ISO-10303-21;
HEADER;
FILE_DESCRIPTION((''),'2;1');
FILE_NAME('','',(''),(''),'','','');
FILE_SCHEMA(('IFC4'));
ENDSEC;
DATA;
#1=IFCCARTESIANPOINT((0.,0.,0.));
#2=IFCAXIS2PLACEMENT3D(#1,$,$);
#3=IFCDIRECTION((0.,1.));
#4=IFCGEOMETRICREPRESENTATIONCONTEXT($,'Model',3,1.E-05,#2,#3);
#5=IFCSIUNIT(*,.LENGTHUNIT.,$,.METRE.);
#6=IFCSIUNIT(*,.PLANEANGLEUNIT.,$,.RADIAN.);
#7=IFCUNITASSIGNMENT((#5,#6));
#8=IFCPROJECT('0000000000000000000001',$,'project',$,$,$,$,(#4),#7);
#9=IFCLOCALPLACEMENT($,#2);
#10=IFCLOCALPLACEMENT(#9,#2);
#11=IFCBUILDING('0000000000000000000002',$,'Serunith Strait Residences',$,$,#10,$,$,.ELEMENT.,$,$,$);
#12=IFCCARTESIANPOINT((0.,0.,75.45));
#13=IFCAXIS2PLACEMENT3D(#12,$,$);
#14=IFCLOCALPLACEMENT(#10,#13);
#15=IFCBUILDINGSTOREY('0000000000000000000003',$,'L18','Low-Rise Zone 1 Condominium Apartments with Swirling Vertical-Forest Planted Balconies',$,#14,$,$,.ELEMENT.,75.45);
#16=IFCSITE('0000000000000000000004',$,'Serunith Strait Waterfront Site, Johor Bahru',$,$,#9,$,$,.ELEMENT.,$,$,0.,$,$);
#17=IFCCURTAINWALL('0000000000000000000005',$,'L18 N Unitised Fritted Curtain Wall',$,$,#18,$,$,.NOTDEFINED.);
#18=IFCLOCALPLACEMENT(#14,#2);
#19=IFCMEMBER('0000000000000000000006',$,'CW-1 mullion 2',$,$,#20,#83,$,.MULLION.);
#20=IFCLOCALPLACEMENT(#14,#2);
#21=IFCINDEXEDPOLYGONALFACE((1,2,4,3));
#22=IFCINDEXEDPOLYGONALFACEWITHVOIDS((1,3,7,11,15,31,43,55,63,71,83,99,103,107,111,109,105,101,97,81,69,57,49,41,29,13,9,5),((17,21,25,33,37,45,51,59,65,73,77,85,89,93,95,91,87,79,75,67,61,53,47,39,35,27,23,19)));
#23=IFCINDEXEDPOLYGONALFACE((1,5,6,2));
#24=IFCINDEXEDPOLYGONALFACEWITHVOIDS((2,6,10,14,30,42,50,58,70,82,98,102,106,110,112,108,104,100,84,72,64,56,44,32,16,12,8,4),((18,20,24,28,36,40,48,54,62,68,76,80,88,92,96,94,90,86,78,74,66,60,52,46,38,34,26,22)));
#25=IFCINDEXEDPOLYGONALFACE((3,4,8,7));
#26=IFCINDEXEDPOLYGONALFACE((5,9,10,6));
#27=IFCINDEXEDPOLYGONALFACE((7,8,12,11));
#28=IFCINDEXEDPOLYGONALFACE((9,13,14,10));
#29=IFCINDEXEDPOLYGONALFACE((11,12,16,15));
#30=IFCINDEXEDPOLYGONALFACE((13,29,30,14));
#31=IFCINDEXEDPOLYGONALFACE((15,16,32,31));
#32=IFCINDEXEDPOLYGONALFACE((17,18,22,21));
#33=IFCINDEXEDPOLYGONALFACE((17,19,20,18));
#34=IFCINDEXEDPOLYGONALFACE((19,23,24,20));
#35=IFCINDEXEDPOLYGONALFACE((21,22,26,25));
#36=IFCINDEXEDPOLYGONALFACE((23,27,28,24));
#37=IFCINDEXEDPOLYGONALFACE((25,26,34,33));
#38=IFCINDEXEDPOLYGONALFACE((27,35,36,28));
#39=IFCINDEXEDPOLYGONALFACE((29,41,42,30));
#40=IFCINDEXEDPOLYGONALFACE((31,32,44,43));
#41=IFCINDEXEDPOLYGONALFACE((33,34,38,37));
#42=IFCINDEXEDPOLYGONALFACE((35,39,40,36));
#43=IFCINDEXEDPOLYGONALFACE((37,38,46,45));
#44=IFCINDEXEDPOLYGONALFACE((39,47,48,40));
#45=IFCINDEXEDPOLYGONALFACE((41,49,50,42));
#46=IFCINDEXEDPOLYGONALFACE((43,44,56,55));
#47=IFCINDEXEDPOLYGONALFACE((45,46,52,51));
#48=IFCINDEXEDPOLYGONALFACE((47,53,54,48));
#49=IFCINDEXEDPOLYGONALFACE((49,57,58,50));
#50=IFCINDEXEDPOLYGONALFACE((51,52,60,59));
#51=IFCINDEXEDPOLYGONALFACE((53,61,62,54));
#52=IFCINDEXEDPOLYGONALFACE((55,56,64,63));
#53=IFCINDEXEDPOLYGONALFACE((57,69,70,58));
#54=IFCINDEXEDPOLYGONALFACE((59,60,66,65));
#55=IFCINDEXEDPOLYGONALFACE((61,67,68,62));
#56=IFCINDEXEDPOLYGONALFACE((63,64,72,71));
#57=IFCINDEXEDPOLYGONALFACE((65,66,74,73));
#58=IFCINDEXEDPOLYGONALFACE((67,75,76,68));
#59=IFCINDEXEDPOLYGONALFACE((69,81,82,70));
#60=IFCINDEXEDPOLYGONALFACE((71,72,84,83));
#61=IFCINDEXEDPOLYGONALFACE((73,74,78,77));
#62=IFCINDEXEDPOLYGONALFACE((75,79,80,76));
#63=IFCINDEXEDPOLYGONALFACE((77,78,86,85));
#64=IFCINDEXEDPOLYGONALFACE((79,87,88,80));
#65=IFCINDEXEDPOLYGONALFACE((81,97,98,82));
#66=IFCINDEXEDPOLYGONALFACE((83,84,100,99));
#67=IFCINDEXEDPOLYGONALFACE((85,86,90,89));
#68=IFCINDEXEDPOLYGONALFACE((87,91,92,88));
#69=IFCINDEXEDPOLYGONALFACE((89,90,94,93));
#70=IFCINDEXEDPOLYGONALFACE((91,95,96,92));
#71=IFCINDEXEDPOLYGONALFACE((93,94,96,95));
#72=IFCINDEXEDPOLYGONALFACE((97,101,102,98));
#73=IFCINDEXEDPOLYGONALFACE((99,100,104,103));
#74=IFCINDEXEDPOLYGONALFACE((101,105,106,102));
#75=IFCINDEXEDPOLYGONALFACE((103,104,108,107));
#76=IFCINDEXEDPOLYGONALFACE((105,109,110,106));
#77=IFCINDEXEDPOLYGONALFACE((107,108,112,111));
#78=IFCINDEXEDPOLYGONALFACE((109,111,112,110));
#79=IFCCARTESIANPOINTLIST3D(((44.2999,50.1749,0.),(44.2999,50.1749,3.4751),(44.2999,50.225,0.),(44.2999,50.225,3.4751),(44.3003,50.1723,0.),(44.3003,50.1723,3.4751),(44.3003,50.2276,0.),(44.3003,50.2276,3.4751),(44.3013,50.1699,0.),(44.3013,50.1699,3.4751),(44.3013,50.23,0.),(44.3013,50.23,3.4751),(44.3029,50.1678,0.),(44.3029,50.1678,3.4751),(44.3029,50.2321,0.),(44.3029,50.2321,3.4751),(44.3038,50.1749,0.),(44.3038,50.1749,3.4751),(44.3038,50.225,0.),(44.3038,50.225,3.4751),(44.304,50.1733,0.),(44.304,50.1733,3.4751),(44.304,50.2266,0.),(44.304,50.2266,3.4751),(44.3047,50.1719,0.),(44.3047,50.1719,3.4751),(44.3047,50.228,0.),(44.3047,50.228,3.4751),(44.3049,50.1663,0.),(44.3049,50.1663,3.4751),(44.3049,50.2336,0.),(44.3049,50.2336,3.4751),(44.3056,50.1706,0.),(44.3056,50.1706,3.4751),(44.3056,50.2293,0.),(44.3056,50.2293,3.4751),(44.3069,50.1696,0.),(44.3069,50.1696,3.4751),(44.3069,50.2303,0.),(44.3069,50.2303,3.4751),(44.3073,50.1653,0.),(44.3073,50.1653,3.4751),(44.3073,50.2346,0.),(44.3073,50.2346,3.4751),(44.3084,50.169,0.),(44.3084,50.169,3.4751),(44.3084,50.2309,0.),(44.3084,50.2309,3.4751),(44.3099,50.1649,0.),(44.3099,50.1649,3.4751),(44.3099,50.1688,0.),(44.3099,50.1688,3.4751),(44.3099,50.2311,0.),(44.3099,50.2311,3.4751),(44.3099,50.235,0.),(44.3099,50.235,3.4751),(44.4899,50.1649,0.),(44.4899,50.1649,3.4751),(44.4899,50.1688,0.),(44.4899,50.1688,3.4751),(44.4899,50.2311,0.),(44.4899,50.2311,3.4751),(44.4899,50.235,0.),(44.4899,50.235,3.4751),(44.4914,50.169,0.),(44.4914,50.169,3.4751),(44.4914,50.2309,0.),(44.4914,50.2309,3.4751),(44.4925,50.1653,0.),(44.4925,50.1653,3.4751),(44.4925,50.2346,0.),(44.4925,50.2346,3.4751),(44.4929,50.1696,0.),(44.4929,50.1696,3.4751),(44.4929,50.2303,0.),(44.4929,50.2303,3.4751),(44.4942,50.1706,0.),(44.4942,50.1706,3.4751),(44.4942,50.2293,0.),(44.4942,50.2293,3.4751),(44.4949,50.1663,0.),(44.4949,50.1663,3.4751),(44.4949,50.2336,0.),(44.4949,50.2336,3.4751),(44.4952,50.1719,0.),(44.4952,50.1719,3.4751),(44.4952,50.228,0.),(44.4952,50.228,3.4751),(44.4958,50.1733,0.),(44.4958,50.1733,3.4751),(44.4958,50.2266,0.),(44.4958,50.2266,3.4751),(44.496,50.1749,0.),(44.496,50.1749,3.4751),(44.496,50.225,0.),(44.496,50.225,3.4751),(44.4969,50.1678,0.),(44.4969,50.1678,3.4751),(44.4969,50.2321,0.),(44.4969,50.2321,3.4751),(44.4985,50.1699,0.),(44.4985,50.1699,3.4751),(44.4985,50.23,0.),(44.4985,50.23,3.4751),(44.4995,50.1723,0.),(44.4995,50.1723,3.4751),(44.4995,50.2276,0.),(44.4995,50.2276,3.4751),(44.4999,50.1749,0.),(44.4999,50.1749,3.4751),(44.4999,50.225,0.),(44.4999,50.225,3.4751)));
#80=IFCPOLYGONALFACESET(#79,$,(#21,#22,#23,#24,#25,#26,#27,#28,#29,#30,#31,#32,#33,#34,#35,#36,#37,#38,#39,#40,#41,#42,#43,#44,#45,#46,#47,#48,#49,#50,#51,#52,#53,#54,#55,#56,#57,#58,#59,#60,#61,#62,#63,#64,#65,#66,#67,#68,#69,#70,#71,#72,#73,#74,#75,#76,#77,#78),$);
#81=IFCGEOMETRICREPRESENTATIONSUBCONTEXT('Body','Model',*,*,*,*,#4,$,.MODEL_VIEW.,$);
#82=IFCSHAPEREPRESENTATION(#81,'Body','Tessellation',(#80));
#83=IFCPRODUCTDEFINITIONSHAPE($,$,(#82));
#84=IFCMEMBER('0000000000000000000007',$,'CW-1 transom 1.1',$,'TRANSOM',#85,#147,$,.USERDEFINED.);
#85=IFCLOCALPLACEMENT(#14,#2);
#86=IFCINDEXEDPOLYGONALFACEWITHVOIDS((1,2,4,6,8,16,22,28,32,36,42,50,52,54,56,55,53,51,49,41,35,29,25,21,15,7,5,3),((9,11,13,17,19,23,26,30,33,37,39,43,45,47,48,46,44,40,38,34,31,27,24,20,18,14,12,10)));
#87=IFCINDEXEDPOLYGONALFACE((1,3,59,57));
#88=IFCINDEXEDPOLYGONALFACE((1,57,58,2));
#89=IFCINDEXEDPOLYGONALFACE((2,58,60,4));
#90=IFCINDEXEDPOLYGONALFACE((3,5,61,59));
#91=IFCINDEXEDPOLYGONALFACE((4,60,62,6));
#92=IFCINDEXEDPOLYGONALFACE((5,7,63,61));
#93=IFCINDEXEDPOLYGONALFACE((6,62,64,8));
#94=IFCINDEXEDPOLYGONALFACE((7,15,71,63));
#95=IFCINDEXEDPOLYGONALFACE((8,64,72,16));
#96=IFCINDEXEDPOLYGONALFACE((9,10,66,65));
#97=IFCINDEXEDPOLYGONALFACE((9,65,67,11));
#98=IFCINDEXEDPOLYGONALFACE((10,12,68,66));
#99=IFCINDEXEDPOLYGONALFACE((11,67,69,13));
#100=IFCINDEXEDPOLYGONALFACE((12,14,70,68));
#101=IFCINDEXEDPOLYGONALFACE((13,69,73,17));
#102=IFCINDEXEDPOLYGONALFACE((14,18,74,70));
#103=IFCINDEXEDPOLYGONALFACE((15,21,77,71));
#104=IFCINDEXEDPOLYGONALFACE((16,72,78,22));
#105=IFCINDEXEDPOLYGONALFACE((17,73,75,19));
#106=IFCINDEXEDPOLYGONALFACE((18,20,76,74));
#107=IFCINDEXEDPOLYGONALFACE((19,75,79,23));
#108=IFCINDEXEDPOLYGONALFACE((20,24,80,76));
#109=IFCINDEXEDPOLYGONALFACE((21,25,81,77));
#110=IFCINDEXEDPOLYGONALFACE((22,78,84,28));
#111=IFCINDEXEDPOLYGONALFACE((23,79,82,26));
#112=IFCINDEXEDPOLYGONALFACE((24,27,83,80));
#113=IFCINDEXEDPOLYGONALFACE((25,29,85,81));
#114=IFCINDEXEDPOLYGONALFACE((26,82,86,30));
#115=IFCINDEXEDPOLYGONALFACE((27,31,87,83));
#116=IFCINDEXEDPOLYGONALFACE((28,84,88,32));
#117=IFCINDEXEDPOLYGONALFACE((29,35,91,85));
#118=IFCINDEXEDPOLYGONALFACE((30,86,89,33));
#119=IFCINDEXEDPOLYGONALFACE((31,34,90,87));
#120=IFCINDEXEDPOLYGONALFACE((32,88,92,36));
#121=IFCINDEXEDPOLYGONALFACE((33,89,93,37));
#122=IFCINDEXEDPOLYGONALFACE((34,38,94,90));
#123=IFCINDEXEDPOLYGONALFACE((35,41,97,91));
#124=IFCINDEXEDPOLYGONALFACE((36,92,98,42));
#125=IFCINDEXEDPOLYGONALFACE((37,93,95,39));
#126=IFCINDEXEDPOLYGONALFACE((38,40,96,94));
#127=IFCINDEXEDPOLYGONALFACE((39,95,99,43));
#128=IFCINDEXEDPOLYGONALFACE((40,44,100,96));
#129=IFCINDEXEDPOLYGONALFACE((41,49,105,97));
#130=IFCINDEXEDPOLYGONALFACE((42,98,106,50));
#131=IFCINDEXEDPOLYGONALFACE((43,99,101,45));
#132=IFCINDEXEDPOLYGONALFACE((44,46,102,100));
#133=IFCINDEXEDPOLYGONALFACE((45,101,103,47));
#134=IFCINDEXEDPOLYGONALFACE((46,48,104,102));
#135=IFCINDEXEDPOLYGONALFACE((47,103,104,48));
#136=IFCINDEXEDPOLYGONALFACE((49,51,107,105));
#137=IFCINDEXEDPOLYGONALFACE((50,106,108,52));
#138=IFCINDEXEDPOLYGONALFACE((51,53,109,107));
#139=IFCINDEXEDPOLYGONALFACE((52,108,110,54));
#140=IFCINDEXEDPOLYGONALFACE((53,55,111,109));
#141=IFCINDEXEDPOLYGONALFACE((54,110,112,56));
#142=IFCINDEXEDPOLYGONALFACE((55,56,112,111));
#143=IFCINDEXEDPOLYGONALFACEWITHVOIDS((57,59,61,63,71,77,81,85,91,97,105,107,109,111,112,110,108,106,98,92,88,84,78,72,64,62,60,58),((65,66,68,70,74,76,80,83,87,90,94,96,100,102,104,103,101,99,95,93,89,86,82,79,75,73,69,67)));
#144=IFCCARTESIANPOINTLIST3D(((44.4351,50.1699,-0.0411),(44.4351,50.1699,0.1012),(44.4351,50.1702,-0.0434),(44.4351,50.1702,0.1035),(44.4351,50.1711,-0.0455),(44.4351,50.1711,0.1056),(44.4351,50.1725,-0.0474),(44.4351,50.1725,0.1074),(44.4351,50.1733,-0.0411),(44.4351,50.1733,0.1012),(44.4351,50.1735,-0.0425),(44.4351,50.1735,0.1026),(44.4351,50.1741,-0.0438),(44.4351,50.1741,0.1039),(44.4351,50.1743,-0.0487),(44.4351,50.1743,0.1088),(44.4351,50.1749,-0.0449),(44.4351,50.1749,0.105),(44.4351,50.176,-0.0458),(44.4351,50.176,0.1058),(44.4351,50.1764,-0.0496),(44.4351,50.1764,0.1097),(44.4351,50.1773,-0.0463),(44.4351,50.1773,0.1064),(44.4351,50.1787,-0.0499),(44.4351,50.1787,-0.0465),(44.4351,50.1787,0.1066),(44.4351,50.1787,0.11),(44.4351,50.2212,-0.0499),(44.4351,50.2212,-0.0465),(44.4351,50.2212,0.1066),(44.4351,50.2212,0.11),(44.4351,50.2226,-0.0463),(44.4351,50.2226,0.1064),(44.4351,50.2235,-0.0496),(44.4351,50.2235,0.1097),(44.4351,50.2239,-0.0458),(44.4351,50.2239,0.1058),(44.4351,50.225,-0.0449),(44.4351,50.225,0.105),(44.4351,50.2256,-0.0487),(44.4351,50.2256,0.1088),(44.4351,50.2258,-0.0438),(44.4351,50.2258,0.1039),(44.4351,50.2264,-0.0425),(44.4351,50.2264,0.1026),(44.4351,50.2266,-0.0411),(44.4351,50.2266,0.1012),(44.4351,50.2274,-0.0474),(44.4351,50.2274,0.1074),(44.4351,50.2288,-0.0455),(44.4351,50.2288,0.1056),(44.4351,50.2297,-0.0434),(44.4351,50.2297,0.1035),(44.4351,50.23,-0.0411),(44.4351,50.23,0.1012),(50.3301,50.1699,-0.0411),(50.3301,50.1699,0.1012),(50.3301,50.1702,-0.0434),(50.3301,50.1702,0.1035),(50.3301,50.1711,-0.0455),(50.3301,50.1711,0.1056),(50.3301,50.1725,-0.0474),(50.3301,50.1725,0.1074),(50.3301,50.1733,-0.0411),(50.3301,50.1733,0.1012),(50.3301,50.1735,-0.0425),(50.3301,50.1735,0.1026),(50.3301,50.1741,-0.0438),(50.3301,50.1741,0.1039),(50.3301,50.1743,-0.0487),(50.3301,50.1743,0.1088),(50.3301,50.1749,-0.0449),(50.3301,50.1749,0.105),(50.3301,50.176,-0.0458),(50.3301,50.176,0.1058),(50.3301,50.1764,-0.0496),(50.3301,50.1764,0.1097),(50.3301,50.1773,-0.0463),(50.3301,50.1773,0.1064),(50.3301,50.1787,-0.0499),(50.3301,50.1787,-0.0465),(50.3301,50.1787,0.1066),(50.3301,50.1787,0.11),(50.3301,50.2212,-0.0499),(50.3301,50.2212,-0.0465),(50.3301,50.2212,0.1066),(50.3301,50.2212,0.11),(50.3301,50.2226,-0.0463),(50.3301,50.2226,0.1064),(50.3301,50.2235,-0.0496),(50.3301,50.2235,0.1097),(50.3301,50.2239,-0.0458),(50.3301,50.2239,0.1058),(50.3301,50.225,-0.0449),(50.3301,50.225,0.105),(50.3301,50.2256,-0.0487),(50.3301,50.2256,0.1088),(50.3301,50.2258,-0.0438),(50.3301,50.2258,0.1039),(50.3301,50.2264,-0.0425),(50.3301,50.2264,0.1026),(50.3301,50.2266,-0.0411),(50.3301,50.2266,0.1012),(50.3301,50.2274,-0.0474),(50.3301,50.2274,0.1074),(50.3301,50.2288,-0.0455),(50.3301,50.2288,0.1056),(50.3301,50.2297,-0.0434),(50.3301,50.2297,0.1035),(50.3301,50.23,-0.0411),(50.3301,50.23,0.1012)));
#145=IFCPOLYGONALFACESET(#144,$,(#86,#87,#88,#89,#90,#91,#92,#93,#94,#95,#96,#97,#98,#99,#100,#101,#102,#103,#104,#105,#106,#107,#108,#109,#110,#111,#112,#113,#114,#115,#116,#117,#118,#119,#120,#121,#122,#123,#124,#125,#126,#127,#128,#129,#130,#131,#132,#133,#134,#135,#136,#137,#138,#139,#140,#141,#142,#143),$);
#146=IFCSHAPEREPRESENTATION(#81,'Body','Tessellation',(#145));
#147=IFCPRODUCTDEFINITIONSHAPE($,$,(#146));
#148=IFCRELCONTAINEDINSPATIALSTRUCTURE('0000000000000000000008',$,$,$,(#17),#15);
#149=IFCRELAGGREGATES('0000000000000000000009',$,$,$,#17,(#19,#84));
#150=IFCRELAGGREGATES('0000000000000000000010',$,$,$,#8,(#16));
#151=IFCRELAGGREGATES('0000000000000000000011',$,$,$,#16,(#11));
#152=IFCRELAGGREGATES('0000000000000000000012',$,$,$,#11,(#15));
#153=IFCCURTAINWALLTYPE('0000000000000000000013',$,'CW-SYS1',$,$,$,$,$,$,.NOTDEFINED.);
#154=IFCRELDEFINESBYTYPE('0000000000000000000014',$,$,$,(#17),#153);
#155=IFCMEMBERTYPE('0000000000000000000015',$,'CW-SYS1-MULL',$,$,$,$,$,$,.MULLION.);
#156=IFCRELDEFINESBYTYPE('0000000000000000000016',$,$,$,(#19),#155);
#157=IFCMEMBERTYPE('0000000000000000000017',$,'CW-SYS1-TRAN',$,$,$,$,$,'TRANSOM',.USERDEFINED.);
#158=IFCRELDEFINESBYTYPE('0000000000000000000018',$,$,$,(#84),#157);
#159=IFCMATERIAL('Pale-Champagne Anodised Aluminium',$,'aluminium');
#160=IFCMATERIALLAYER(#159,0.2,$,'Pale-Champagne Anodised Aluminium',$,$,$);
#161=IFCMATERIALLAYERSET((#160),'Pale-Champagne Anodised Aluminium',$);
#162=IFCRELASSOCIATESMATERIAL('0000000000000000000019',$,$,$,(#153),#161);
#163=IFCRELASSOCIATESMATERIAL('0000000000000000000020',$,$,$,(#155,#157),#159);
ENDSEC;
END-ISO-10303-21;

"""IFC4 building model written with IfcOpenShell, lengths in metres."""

from ifc_helpers import new_model, si_unit, direction, frame, origin, origin_2d, place, context, subcontext, project, spatial, hollow_rectangle, extrude, source, transform, mapped, material, layer, layer_set, material_profile, profile_set, type_object, element, aggregate, save


model = new_model("IFC4")

# Units and contexts
model_context = context("Model", 3, precision=1e-05, world=origin(), true_north=direction((0.0, 1.0)))
body_context = subcontext(model_context, "Body", "Model", "MODEL_VIEW")
ifc_project = project(units=[si_unit("LENGTHUNIT", "METRE"), si_unit("PLANEANGLEUNIT", "RADIAN")], contexts=[model_context])

# Site, building, storey
site_placement = place(None, origin())
site = spatial("IfcSite", under=ifc_project, at=site_placement, Name="Serunith Strait Waterfront Site, Johor Bahru", CompositionType="ELEMENT", RefElevation=0.0)
building_placement = place(site_placement, origin())
building = spatial("IfcBuilding", under=site, at=building_placement, Name="Serunith Strait Residences", CompositionType="ELEMENT")
storey_placement = place(building_placement, frame((0.0, 0.0, 75.45)))
storey = spatial("IfcBuildingStorey", under=building, at=storey_placement, Name="L18", Description="Low-Rise Zone 1 Condominium Apartments with Swirling Vertical-Forest Planted Balconies", CompositionType="ELEMENT", Elevation=75.45)

# Shared definitions
ifc_material_1 = material(Name="Pale-Champagne Anodised Aluminium", Category="aluminium")
ifc_layer_1 = layer(ifc_material_1, 0.2, Name="Pale-Champagne Anodised Aluminium")
ifc_layer_set_1 = layer_set([ifc_layer_1], Name="Pale-Champagne Anodised Aluminium")
curtain_wall_type = type_object("IfcCurtainWallType", Name="CW-SYS1", PredefinedType="NOTDEFINED", material=ifc_layer_set_1)
ifc_material_profile_1 = material_profile(ifc_material_1, hollow_rectangle(XDim=0.0701, YDim=0.2, WallThickness=0.0039, InnerFilletRadius=0.0061, OuterFilletRadius=0.01, at=origin_2d()), Name="ALU 200x70x4")
ifc_profile_set_1 = profile_set([ifc_material_profile_1], Name="Pale-Champagne Anodised Aluminium")
member_type_1 = type_object("IfcMemberType", Name="CW-SYS1-MULL", PredefinedType="MULLION", material=ifc_profile_set_1)
shared_shape_1 = source(origin(), body_context, "Body", "SweptSolid", [
    extrude(hollow_rectangle(XDim=0.0701, YDim=0.2, WallThickness=0.0039, InnerFilletRadius=0.0061, OuterFilletRadius=0.01, at=origin_2d()), origin(), (0.0, 0.0, 1.0), 3.4751),
])

# Curtain wall, members
curtain_wall_1_placement = place(storey_placement, origin())
curtain_wall_1 = element("IfcCurtainWall", 1, at=curtain_wall_1_placement, inside=storey, type_object=curtain_wall_type, Name="L18 N Unitised Fritted Curtain Wall", PredefinedType="NOTDEFINED")
member_1_placement = place(storey_placement, frame((44.3999, 50.2, 0.0), z_axis=(0.0, 0.0, 1.0), x_axis=(0.0, -1.0, 0.0)))
member_1 = element("IfcMember", 2, at=member_1_placement, type_object=member_type_1, Name="CW-1 mullion 2", PredefinedType="MULLION", context=body_context, shape_type="MappedRepresentation", body=[
    mapped(shared_shape_1, transform((0.0, 0.0, 0.0), scale=1.0)),
])
ifc_material_profile_2 = material_profile(ifc_material_1, hollow_rectangle(XDim=0.0601, YDim=0.1599, WallThickness=0.0034, InnerFilletRadius=0.0054, OuterFilletRadius=0.0088, at=origin_2d()), Name="ALU 160x60x3.5")
ifc_profile_set_2 = profile_set([ifc_material_profile_2], Name="Pale-Champagne Anodised Aluminium")
member_type_2 = type_object("IfcMemberType", Name="CW-SYS1-TRAN", ElementType="TRANSOM", PredefinedType="USERDEFINED", material=ifc_profile_set_2)
shared_shape_2 = source(origin(), body_context, "Body", "SweptSolid", [
    extrude(hollow_rectangle(XDim=0.0601, YDim=0.1599, WallThickness=0.0034, InnerFilletRadius=0.0054, OuterFilletRadius=0.0088, at=origin_2d()), origin(), (0.0, 0.0, 1.0), 5.895),
])
member_2_placement = place(storey_placement, frame((50.3301, 50.2, 0.03), z_axis=(-1.0, 0.0, 0.0), x_axis=(0.0, -1.0, 0.0)))
member_2 = element("IfcMember", 3, at=member_2_placement, type_object=member_type_2, Name="CW-1 transom 1.1", ObjectType="TRANSOM", PredefinedType="USERDEFINED", context=body_context, shape_type="MappedRepresentation", body=[
    mapped(shared_shape_2, transform((0.0, 0.0, 0.0), scale=1.0)),
])
aggregate(curtain_wall_1, [member_1, member_2])

save(model, "model.ifc")
